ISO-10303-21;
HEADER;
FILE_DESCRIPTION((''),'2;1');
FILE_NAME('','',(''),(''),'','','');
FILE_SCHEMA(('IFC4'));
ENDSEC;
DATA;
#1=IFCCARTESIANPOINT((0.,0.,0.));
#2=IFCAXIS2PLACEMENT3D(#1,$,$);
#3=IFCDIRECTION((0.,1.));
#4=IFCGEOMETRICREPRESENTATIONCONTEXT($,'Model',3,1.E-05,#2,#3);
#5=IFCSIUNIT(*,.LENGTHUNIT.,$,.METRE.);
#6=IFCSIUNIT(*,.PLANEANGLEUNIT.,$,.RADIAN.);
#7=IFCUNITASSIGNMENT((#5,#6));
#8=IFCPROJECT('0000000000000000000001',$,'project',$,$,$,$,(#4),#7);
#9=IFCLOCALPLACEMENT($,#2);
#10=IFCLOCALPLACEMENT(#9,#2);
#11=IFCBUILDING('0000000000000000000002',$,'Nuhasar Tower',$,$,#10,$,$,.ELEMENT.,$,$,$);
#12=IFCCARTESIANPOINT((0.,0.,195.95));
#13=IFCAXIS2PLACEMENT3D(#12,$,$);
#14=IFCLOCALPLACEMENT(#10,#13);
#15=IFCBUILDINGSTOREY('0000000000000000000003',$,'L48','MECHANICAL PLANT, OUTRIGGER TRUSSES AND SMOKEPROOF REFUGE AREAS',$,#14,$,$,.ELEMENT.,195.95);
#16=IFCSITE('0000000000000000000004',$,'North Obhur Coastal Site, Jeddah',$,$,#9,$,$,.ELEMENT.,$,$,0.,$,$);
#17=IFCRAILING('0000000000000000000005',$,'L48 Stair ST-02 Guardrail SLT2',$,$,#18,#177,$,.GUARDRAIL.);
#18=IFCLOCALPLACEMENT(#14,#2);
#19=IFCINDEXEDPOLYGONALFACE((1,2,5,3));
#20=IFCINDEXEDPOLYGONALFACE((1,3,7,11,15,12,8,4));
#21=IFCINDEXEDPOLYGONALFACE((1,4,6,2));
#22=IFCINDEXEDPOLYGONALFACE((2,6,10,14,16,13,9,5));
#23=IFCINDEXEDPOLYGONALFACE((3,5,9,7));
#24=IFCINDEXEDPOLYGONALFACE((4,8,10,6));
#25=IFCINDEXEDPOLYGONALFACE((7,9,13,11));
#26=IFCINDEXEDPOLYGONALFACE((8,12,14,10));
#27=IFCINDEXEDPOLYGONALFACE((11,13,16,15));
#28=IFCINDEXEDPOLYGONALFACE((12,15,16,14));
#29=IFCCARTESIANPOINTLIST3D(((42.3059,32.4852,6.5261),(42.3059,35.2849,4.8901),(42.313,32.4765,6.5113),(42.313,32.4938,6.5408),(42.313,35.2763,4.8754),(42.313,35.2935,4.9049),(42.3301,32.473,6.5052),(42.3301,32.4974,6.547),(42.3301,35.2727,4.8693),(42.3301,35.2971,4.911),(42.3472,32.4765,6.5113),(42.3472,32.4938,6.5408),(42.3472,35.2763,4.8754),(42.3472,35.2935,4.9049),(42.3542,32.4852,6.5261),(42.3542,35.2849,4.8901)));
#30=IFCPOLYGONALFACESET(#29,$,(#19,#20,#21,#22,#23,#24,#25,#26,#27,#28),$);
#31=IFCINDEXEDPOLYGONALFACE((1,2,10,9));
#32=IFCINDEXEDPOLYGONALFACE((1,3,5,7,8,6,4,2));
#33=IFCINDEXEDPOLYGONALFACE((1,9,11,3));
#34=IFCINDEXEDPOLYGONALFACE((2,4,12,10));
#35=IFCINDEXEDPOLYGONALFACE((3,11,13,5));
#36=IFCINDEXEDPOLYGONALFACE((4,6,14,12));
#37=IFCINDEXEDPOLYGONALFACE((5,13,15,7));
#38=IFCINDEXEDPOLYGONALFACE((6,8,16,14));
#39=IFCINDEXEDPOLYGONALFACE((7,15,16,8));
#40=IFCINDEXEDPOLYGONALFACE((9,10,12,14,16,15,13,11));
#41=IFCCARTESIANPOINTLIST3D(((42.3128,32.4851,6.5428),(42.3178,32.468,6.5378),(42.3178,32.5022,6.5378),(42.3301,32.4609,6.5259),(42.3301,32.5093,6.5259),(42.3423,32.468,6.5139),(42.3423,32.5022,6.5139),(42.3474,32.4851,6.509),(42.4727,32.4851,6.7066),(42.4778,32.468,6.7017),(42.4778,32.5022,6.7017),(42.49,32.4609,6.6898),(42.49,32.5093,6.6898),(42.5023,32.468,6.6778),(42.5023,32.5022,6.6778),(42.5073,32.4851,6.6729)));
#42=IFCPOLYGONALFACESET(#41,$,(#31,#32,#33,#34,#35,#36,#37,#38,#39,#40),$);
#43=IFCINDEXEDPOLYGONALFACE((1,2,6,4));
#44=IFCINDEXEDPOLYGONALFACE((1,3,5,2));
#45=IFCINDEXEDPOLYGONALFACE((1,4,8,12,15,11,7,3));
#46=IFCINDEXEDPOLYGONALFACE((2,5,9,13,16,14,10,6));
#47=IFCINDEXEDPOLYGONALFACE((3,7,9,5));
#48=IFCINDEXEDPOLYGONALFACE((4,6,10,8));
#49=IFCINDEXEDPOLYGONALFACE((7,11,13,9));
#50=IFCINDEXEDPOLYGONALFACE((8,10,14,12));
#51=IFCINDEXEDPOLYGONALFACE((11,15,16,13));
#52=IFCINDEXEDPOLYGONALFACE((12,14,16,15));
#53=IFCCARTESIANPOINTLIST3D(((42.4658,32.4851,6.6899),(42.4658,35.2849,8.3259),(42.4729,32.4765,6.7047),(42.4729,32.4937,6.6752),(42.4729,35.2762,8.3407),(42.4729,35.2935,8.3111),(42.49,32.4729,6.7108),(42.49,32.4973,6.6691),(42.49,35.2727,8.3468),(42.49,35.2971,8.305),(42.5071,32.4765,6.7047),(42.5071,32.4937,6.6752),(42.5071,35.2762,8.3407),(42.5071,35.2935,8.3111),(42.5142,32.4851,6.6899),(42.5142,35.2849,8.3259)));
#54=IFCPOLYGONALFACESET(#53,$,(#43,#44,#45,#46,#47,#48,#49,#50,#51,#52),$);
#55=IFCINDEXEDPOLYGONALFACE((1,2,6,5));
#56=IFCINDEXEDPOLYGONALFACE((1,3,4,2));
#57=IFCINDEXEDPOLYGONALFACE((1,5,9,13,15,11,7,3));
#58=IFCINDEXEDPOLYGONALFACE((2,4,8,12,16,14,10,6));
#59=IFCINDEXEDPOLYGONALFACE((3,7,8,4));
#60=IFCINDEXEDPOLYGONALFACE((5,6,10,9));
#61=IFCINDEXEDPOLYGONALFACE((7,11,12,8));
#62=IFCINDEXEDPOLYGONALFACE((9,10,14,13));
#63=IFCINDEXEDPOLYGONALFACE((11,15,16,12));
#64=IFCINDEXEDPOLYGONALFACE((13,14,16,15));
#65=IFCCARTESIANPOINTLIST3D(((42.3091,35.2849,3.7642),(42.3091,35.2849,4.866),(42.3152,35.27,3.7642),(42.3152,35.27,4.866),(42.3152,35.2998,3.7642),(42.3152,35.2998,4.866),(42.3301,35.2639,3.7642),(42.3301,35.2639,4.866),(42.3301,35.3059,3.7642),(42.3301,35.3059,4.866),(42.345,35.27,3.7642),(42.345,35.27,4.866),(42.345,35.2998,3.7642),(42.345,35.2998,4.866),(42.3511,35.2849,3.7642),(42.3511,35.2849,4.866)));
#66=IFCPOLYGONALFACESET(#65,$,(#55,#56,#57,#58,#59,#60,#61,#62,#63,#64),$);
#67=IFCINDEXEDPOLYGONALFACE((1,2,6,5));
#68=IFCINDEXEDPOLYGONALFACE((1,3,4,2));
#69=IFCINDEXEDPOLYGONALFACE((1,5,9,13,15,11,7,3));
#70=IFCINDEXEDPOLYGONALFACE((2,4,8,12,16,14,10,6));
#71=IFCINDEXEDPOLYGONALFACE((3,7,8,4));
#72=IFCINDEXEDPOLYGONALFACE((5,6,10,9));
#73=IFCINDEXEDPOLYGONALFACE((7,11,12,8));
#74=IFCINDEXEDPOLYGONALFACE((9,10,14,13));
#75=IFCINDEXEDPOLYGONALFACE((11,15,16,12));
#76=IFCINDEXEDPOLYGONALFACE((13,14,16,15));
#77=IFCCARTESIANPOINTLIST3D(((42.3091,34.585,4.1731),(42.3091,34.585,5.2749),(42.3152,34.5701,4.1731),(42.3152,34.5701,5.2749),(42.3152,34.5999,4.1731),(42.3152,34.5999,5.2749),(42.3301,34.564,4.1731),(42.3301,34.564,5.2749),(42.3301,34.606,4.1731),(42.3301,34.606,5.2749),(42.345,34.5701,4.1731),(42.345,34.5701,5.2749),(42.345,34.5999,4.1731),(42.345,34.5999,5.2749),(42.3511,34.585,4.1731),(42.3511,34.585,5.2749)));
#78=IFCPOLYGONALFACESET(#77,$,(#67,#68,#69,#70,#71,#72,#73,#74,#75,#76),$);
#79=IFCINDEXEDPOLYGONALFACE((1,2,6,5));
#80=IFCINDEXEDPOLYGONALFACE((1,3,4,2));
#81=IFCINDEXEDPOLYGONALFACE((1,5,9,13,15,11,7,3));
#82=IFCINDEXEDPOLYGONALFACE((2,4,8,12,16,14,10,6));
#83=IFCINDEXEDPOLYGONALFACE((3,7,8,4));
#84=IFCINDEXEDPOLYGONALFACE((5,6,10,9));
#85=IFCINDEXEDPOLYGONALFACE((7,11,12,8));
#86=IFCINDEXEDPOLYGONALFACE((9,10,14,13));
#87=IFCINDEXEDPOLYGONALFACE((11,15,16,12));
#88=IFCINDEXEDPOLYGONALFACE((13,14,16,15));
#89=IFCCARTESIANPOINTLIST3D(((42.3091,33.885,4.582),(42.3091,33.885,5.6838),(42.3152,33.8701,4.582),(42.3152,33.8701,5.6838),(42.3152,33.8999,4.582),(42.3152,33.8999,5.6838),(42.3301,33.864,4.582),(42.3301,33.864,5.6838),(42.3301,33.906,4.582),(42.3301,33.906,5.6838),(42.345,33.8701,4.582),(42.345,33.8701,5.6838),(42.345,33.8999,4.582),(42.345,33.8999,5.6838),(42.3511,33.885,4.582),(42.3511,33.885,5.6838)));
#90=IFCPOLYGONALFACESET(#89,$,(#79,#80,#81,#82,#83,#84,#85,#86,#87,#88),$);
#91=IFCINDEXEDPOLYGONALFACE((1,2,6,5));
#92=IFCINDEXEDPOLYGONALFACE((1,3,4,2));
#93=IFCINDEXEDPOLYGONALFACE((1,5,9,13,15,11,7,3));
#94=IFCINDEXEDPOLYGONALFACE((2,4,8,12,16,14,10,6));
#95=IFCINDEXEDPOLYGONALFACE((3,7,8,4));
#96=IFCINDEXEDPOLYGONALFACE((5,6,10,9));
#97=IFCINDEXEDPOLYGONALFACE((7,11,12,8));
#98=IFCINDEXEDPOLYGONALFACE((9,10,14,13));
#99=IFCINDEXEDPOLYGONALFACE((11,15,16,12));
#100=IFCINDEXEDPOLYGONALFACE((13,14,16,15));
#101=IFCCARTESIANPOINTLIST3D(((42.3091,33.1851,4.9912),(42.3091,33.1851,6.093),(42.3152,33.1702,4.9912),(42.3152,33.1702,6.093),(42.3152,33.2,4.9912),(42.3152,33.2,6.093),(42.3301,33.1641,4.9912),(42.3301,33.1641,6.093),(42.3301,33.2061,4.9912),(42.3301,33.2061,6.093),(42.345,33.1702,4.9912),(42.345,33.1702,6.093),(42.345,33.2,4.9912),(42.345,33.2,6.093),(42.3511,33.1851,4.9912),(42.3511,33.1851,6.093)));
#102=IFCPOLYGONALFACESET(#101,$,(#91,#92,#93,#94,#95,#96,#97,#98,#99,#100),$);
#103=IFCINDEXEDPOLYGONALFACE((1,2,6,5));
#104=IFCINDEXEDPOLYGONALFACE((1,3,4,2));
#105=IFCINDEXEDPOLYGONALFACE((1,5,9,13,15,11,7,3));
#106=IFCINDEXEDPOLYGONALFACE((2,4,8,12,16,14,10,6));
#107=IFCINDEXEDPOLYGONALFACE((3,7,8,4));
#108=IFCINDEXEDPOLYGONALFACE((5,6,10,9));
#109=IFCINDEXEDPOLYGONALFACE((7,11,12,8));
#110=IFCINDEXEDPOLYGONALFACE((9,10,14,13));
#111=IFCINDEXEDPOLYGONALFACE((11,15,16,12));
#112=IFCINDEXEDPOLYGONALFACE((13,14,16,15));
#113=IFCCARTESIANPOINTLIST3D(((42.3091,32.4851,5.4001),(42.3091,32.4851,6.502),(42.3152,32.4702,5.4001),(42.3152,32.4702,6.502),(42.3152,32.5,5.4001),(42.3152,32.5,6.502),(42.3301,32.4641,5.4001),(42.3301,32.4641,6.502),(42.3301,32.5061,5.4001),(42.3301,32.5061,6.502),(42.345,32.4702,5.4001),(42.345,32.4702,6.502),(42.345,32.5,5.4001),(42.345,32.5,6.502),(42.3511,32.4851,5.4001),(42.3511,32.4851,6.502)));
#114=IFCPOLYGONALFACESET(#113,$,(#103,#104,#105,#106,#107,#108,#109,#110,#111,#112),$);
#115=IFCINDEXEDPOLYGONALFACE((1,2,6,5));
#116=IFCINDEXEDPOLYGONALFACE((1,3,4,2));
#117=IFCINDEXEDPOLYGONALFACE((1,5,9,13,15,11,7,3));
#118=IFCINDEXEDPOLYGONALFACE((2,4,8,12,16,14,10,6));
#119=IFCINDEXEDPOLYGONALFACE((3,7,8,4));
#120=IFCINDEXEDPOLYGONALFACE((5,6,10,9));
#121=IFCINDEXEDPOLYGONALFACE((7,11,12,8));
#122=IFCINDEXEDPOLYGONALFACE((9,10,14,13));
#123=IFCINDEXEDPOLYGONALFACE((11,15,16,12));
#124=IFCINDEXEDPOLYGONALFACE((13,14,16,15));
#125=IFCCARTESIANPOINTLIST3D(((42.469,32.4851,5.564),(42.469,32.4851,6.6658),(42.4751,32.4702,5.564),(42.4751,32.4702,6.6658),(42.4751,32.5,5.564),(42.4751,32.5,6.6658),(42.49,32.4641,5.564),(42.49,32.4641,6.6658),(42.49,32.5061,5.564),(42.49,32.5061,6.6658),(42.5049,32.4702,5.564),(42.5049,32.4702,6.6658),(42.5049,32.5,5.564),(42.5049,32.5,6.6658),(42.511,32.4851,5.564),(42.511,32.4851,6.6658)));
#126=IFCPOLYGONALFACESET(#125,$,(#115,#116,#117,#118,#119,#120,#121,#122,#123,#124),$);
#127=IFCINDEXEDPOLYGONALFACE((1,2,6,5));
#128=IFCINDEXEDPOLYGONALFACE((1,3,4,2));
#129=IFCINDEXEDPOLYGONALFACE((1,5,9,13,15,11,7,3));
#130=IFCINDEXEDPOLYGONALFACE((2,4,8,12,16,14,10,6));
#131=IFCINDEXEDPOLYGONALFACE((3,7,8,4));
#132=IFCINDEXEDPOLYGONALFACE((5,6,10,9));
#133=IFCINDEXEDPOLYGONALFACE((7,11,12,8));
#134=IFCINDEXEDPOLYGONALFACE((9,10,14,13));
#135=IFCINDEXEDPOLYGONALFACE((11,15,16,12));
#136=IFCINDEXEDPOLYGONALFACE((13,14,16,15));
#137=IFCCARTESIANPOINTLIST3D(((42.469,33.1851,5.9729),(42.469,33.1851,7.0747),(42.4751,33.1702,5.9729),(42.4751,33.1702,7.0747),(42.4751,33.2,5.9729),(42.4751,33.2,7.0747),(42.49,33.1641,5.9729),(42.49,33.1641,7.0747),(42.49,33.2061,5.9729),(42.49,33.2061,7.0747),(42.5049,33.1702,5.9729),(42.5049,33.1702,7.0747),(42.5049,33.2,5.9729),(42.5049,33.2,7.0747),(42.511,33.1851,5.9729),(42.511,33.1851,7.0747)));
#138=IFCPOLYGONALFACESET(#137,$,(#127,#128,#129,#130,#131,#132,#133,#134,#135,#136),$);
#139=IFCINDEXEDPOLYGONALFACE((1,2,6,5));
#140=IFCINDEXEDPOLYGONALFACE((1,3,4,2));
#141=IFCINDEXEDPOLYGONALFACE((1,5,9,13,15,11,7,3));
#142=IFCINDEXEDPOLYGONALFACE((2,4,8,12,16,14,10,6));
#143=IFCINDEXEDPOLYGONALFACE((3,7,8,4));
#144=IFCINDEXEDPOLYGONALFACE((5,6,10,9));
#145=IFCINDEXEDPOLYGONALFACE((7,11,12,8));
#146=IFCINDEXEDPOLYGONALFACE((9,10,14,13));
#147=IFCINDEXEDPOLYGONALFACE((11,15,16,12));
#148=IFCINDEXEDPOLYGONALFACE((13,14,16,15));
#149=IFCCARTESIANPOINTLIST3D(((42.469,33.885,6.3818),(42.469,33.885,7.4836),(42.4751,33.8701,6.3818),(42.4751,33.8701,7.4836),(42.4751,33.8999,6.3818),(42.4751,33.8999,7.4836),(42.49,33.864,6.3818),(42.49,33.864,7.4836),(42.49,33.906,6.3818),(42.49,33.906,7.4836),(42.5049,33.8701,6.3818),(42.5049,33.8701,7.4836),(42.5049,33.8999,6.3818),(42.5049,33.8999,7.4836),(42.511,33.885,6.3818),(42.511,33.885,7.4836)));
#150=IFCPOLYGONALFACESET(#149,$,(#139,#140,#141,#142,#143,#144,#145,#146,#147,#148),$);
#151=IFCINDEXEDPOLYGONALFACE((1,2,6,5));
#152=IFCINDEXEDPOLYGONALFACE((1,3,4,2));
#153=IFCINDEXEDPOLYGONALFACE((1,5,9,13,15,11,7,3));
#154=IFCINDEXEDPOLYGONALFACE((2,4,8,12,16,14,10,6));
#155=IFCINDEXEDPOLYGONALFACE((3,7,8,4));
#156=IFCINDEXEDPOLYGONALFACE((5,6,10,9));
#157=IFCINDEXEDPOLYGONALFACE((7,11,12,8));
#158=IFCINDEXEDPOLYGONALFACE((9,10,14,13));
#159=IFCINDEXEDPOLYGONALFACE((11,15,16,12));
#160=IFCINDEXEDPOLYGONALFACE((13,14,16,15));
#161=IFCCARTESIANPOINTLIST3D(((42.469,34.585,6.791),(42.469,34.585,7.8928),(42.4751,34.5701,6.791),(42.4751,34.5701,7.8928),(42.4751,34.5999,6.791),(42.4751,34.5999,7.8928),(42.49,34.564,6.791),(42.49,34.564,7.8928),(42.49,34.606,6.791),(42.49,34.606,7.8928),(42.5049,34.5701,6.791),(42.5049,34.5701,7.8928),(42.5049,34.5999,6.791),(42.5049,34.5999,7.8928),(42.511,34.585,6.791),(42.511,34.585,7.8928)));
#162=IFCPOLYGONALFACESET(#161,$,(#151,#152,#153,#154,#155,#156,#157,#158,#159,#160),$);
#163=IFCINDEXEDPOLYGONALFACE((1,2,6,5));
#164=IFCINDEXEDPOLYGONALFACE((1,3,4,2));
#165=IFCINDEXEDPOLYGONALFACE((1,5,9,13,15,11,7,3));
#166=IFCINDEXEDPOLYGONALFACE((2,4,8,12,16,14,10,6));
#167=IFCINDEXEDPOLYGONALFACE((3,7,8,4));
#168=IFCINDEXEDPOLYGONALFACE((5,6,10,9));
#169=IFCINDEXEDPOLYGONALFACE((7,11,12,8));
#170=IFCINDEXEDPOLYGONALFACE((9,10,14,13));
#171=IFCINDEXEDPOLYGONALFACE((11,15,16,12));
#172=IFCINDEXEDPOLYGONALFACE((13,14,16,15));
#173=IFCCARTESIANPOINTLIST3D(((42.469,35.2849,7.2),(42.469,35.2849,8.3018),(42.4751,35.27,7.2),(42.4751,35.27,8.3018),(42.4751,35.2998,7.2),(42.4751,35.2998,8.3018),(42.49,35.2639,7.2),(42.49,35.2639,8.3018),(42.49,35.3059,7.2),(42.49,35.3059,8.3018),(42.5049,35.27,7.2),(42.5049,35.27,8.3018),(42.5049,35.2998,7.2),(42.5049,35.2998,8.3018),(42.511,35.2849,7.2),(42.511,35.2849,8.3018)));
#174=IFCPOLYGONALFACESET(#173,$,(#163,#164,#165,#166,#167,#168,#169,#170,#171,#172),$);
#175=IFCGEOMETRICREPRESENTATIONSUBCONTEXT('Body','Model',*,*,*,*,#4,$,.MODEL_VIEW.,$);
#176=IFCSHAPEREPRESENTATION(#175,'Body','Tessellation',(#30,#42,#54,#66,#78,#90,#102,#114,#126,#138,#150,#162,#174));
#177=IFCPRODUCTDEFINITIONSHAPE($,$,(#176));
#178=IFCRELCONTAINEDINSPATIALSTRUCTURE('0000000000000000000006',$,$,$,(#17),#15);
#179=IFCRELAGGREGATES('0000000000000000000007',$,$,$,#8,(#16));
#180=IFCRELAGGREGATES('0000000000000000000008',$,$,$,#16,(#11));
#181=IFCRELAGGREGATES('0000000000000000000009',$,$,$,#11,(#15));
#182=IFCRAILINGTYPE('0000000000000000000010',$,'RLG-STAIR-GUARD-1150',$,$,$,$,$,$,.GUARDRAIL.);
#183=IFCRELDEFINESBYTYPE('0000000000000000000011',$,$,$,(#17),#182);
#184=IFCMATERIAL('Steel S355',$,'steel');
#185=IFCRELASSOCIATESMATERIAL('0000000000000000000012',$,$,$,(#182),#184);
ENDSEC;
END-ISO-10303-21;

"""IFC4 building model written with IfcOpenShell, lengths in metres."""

from ifc_helpers import new_model, si_unit, direction, frame, origin, place, context, subcontext, project, spatial, polyline, outline, extrude, material, type_object, element, save


model = new_model("IFC4")

# Units and contexts
model_context = context("Model", 3, precision=1e-05, world=origin(), true_north=direction((0.0, 1.0)))
body_context = subcontext(model_context, "Body", "Model", "MODEL_VIEW")
ifc_project = project(units=[si_unit("LENGTHUNIT", "METRE"), si_unit("PLANEANGLEUNIT", "RADIAN")], contexts=[model_context])

# Site, building, storey
site_placement = place(None, origin())
site = spatial("IfcSite", under=ifc_project, at=site_placement, Name="North Obhur Coastal Site, Jeddah", CompositionType="ELEMENT", RefElevation=0.0)
building_placement = place(site_placement, origin())
building = spatial("IfcBuilding", under=site, at=building_placement, Name="Nuhasar Tower", CompositionType="ELEMENT")
storey_placement = place(building_placement, frame((0.0, 0.0, 195.95)))
storey = spatial("IfcBuildingStorey", under=building, at=storey_placement, Name="L48", Description="MECHANICAL PLANT, OUTRIGGER TRUSSES AND SMOKEPROOF REFUGE AREAS", CompositionType="ELEMENT", Elevation=195.95)

# Shared definitions
ifc_material_1 = material(Name="Steel S355", Category="steel")

# Railing
railing_type_1 = type_object("IfcRailingType", Name="RLG-STAIR-GUARD-1150", PredefinedType="GUARDRAIL", material=ifc_material_1)
railing_1_placement = place(storey_placement, frame((42.3301, 35.2849, 3.7642)))
element("IfcRailing", 1, at=railing_1_placement, inside=storey, type_object=railing_type_1, Name="L48 Stair ST-02 Guardrail SLT2", PredefinedType="GUARDRAIL", context=body_context, shape_type="SweptSolid", body=[
    extrude(outline(polyline([(0.0242, 0.0), (0.0171, 0.0171), (0.0, 0.0242), (-0.0171, 0.0171), (-0.0242, 0.0), (-0.0171, -0.0171), (0.0, -0.0242), (0.0171, -0.0171), (0.0242, 0.0)])), frame((0.0, 0.0, 1.126), z_axis=(0.0, -0.863407, 0.504508), x_axis=(1.0, 0.0, 0.0)), (0.0, 0.0, 1.0), 3.2427),
    extrude(outline(polyline([(0.0242, 0.0), (0.0171, 0.0171), (0.0, 0.0242), (-0.0171, 0.0171), (-0.0242, 0.0), (-0.0171, -0.0171), (0.0, -0.0242), (0.0171, -0.0171), (0.0242, 0.0)])), frame((0.0, -2.7998, 2.7617), z_axis=(0.698524, 0.0, 0.715587), x_axis=(0.0, 1.0, 0.0)), (0.0, 0.0, 1.0), 0.229),
    extrude(outline(polyline([(0.0242, 0.0), (0.0171, 0.0171), (0.0, 0.0242), (-0.0171, 0.0171), (-0.0242, 0.0), (-0.0171, -0.0171), (0.0, -0.0242), (0.0171, -0.0171), (0.0242, 0.0)])), frame((0.1599, -2.7998, 2.9258), z_axis=(0.0, 0.863407, 0.504508), x_axis=(-1.0, 0.0, 0.0)), (0.0, 0.0, 1.0), 3.2427),
    extrude(outline(polyline([(0.021, 0.0), (0.0149, 0.0149), (0.0, 0.021), (-0.0149, 0.0149), (-0.021, 0.0), (-0.0149, -0.0149), (0.0, -0.021), (0.0149, -0.0149), (0.021, 0.0)])), origin(), (0.0, 0.0, 1.0), 1.1018),
    extrude(outline(polyline([(0.021, 0.0), (0.0149, 0.0149), (0.0, 0.021), (-0.0149, 0.0149), (-0.021, 0.0), (-0.0149, -0.0149), (0.0, -0.021), (0.0149, -0.0149), (0.021, 0.0)])), frame((0.0, -0.7, 0.4089)), (0.0, 0.0, 1.0), 1.1018),
    extrude(outline(polyline([(0.021, 0.0), (0.0149, 0.0149), (0.0, 0.021), (-0.0149, 0.0149), (-0.021, 0.0), (-0.0149, -0.0149), (0.0, -0.021), (0.0149, -0.0149), (0.021, 0.0)])), frame((0.0, -1.3999, 0.8179)), (0.0, 0.0, 1.0), 1.1018),
    extrude(outline(polyline([(0.021, 0.0), (0.0149, 0.0149), (0.0, 0.021), (-0.0149, 0.0149), (-0.021, 0.0), (-0.0149, -0.0149), (0.0, -0.021), (0.0149, -0.0149), (0.021, 0.0)])), frame((0.0, -2.0999, 1.2271)), (0.0, 0.0, 1.0), 1.1018),
    extrude(outline(polyline([(0.021, 0.0), (0.0149, 0.0149), (0.0, 0.021), (-0.0149, 0.0149), (-0.021, 0.0), (-0.0149, -0.0149), (0.0, -0.021), (0.0149, -0.0149), (0.021, 0.0)])), frame((0.0, -2.7998, 1.636)), (0.0, 0.0, 1.0), 1.1018),
    extrude(outline(polyline([(0.021, 0.0), (0.0149, 0.0149), (0.0, 0.021), (-0.0149, 0.0149), (-0.021, 0.0), (-0.0149, -0.0149), (0.0, -0.021), (0.0149, -0.0149), (0.021, 0.0)])), frame((0.1599, -2.7998, 1.7998)), (0.0, 0.0, 1.0), 1.1018),
    extrude(outline(polyline([(0.021, 0.0), (0.0149, 0.0149), (0.0, 0.021), (-0.0149, 0.0149), (-0.021, 0.0), (-0.0149, -0.0149), (0.0, -0.021), (0.0149, -0.0149), (0.021, 0.0)])), frame((0.1599, -2.0999, 2.2087)), (0.0, 0.0, 1.0), 1.1018),
    extrude(outline(polyline([(0.021, 0.0), (0.0149, 0.0149), (0.0, 0.021), (-0.0149, 0.0149), (-0.021, 0.0), (-0.0149, -0.0149), (0.0, -0.021), (0.0149, -0.0149), (0.021, 0.0)])), frame((0.1599, -1.3999, 2.6177)), (0.0, 0.0, 1.0), 1.1018),
    extrude(outline(polyline([(0.021, 0.0), (0.0149, 0.0149), (0.0, 0.021), (-0.0149, 0.0149), (-0.021, 0.0), (-0.0149, -0.0149), (0.0, -0.021), (0.0149, -0.0149), (0.021, 0.0)])), frame((0.1599, -0.7, 3.0269)), (0.0, 0.0, 1.0), 1.1018),
    extrude(outline(polyline([(0.021, 0.0), (0.0149, 0.0149), (0.0, 0.021), (-0.0149, 0.0149), (-0.021, 0.0), (-0.0149, -0.0149), (0.0, -0.021), (0.0149, -0.0149), (0.021, 0.0)])), frame((0.1599, 0.0, 3.4358)), (0.0, 0.0, 1.0), 1.1018),
])

save(model, "model.ifc")
